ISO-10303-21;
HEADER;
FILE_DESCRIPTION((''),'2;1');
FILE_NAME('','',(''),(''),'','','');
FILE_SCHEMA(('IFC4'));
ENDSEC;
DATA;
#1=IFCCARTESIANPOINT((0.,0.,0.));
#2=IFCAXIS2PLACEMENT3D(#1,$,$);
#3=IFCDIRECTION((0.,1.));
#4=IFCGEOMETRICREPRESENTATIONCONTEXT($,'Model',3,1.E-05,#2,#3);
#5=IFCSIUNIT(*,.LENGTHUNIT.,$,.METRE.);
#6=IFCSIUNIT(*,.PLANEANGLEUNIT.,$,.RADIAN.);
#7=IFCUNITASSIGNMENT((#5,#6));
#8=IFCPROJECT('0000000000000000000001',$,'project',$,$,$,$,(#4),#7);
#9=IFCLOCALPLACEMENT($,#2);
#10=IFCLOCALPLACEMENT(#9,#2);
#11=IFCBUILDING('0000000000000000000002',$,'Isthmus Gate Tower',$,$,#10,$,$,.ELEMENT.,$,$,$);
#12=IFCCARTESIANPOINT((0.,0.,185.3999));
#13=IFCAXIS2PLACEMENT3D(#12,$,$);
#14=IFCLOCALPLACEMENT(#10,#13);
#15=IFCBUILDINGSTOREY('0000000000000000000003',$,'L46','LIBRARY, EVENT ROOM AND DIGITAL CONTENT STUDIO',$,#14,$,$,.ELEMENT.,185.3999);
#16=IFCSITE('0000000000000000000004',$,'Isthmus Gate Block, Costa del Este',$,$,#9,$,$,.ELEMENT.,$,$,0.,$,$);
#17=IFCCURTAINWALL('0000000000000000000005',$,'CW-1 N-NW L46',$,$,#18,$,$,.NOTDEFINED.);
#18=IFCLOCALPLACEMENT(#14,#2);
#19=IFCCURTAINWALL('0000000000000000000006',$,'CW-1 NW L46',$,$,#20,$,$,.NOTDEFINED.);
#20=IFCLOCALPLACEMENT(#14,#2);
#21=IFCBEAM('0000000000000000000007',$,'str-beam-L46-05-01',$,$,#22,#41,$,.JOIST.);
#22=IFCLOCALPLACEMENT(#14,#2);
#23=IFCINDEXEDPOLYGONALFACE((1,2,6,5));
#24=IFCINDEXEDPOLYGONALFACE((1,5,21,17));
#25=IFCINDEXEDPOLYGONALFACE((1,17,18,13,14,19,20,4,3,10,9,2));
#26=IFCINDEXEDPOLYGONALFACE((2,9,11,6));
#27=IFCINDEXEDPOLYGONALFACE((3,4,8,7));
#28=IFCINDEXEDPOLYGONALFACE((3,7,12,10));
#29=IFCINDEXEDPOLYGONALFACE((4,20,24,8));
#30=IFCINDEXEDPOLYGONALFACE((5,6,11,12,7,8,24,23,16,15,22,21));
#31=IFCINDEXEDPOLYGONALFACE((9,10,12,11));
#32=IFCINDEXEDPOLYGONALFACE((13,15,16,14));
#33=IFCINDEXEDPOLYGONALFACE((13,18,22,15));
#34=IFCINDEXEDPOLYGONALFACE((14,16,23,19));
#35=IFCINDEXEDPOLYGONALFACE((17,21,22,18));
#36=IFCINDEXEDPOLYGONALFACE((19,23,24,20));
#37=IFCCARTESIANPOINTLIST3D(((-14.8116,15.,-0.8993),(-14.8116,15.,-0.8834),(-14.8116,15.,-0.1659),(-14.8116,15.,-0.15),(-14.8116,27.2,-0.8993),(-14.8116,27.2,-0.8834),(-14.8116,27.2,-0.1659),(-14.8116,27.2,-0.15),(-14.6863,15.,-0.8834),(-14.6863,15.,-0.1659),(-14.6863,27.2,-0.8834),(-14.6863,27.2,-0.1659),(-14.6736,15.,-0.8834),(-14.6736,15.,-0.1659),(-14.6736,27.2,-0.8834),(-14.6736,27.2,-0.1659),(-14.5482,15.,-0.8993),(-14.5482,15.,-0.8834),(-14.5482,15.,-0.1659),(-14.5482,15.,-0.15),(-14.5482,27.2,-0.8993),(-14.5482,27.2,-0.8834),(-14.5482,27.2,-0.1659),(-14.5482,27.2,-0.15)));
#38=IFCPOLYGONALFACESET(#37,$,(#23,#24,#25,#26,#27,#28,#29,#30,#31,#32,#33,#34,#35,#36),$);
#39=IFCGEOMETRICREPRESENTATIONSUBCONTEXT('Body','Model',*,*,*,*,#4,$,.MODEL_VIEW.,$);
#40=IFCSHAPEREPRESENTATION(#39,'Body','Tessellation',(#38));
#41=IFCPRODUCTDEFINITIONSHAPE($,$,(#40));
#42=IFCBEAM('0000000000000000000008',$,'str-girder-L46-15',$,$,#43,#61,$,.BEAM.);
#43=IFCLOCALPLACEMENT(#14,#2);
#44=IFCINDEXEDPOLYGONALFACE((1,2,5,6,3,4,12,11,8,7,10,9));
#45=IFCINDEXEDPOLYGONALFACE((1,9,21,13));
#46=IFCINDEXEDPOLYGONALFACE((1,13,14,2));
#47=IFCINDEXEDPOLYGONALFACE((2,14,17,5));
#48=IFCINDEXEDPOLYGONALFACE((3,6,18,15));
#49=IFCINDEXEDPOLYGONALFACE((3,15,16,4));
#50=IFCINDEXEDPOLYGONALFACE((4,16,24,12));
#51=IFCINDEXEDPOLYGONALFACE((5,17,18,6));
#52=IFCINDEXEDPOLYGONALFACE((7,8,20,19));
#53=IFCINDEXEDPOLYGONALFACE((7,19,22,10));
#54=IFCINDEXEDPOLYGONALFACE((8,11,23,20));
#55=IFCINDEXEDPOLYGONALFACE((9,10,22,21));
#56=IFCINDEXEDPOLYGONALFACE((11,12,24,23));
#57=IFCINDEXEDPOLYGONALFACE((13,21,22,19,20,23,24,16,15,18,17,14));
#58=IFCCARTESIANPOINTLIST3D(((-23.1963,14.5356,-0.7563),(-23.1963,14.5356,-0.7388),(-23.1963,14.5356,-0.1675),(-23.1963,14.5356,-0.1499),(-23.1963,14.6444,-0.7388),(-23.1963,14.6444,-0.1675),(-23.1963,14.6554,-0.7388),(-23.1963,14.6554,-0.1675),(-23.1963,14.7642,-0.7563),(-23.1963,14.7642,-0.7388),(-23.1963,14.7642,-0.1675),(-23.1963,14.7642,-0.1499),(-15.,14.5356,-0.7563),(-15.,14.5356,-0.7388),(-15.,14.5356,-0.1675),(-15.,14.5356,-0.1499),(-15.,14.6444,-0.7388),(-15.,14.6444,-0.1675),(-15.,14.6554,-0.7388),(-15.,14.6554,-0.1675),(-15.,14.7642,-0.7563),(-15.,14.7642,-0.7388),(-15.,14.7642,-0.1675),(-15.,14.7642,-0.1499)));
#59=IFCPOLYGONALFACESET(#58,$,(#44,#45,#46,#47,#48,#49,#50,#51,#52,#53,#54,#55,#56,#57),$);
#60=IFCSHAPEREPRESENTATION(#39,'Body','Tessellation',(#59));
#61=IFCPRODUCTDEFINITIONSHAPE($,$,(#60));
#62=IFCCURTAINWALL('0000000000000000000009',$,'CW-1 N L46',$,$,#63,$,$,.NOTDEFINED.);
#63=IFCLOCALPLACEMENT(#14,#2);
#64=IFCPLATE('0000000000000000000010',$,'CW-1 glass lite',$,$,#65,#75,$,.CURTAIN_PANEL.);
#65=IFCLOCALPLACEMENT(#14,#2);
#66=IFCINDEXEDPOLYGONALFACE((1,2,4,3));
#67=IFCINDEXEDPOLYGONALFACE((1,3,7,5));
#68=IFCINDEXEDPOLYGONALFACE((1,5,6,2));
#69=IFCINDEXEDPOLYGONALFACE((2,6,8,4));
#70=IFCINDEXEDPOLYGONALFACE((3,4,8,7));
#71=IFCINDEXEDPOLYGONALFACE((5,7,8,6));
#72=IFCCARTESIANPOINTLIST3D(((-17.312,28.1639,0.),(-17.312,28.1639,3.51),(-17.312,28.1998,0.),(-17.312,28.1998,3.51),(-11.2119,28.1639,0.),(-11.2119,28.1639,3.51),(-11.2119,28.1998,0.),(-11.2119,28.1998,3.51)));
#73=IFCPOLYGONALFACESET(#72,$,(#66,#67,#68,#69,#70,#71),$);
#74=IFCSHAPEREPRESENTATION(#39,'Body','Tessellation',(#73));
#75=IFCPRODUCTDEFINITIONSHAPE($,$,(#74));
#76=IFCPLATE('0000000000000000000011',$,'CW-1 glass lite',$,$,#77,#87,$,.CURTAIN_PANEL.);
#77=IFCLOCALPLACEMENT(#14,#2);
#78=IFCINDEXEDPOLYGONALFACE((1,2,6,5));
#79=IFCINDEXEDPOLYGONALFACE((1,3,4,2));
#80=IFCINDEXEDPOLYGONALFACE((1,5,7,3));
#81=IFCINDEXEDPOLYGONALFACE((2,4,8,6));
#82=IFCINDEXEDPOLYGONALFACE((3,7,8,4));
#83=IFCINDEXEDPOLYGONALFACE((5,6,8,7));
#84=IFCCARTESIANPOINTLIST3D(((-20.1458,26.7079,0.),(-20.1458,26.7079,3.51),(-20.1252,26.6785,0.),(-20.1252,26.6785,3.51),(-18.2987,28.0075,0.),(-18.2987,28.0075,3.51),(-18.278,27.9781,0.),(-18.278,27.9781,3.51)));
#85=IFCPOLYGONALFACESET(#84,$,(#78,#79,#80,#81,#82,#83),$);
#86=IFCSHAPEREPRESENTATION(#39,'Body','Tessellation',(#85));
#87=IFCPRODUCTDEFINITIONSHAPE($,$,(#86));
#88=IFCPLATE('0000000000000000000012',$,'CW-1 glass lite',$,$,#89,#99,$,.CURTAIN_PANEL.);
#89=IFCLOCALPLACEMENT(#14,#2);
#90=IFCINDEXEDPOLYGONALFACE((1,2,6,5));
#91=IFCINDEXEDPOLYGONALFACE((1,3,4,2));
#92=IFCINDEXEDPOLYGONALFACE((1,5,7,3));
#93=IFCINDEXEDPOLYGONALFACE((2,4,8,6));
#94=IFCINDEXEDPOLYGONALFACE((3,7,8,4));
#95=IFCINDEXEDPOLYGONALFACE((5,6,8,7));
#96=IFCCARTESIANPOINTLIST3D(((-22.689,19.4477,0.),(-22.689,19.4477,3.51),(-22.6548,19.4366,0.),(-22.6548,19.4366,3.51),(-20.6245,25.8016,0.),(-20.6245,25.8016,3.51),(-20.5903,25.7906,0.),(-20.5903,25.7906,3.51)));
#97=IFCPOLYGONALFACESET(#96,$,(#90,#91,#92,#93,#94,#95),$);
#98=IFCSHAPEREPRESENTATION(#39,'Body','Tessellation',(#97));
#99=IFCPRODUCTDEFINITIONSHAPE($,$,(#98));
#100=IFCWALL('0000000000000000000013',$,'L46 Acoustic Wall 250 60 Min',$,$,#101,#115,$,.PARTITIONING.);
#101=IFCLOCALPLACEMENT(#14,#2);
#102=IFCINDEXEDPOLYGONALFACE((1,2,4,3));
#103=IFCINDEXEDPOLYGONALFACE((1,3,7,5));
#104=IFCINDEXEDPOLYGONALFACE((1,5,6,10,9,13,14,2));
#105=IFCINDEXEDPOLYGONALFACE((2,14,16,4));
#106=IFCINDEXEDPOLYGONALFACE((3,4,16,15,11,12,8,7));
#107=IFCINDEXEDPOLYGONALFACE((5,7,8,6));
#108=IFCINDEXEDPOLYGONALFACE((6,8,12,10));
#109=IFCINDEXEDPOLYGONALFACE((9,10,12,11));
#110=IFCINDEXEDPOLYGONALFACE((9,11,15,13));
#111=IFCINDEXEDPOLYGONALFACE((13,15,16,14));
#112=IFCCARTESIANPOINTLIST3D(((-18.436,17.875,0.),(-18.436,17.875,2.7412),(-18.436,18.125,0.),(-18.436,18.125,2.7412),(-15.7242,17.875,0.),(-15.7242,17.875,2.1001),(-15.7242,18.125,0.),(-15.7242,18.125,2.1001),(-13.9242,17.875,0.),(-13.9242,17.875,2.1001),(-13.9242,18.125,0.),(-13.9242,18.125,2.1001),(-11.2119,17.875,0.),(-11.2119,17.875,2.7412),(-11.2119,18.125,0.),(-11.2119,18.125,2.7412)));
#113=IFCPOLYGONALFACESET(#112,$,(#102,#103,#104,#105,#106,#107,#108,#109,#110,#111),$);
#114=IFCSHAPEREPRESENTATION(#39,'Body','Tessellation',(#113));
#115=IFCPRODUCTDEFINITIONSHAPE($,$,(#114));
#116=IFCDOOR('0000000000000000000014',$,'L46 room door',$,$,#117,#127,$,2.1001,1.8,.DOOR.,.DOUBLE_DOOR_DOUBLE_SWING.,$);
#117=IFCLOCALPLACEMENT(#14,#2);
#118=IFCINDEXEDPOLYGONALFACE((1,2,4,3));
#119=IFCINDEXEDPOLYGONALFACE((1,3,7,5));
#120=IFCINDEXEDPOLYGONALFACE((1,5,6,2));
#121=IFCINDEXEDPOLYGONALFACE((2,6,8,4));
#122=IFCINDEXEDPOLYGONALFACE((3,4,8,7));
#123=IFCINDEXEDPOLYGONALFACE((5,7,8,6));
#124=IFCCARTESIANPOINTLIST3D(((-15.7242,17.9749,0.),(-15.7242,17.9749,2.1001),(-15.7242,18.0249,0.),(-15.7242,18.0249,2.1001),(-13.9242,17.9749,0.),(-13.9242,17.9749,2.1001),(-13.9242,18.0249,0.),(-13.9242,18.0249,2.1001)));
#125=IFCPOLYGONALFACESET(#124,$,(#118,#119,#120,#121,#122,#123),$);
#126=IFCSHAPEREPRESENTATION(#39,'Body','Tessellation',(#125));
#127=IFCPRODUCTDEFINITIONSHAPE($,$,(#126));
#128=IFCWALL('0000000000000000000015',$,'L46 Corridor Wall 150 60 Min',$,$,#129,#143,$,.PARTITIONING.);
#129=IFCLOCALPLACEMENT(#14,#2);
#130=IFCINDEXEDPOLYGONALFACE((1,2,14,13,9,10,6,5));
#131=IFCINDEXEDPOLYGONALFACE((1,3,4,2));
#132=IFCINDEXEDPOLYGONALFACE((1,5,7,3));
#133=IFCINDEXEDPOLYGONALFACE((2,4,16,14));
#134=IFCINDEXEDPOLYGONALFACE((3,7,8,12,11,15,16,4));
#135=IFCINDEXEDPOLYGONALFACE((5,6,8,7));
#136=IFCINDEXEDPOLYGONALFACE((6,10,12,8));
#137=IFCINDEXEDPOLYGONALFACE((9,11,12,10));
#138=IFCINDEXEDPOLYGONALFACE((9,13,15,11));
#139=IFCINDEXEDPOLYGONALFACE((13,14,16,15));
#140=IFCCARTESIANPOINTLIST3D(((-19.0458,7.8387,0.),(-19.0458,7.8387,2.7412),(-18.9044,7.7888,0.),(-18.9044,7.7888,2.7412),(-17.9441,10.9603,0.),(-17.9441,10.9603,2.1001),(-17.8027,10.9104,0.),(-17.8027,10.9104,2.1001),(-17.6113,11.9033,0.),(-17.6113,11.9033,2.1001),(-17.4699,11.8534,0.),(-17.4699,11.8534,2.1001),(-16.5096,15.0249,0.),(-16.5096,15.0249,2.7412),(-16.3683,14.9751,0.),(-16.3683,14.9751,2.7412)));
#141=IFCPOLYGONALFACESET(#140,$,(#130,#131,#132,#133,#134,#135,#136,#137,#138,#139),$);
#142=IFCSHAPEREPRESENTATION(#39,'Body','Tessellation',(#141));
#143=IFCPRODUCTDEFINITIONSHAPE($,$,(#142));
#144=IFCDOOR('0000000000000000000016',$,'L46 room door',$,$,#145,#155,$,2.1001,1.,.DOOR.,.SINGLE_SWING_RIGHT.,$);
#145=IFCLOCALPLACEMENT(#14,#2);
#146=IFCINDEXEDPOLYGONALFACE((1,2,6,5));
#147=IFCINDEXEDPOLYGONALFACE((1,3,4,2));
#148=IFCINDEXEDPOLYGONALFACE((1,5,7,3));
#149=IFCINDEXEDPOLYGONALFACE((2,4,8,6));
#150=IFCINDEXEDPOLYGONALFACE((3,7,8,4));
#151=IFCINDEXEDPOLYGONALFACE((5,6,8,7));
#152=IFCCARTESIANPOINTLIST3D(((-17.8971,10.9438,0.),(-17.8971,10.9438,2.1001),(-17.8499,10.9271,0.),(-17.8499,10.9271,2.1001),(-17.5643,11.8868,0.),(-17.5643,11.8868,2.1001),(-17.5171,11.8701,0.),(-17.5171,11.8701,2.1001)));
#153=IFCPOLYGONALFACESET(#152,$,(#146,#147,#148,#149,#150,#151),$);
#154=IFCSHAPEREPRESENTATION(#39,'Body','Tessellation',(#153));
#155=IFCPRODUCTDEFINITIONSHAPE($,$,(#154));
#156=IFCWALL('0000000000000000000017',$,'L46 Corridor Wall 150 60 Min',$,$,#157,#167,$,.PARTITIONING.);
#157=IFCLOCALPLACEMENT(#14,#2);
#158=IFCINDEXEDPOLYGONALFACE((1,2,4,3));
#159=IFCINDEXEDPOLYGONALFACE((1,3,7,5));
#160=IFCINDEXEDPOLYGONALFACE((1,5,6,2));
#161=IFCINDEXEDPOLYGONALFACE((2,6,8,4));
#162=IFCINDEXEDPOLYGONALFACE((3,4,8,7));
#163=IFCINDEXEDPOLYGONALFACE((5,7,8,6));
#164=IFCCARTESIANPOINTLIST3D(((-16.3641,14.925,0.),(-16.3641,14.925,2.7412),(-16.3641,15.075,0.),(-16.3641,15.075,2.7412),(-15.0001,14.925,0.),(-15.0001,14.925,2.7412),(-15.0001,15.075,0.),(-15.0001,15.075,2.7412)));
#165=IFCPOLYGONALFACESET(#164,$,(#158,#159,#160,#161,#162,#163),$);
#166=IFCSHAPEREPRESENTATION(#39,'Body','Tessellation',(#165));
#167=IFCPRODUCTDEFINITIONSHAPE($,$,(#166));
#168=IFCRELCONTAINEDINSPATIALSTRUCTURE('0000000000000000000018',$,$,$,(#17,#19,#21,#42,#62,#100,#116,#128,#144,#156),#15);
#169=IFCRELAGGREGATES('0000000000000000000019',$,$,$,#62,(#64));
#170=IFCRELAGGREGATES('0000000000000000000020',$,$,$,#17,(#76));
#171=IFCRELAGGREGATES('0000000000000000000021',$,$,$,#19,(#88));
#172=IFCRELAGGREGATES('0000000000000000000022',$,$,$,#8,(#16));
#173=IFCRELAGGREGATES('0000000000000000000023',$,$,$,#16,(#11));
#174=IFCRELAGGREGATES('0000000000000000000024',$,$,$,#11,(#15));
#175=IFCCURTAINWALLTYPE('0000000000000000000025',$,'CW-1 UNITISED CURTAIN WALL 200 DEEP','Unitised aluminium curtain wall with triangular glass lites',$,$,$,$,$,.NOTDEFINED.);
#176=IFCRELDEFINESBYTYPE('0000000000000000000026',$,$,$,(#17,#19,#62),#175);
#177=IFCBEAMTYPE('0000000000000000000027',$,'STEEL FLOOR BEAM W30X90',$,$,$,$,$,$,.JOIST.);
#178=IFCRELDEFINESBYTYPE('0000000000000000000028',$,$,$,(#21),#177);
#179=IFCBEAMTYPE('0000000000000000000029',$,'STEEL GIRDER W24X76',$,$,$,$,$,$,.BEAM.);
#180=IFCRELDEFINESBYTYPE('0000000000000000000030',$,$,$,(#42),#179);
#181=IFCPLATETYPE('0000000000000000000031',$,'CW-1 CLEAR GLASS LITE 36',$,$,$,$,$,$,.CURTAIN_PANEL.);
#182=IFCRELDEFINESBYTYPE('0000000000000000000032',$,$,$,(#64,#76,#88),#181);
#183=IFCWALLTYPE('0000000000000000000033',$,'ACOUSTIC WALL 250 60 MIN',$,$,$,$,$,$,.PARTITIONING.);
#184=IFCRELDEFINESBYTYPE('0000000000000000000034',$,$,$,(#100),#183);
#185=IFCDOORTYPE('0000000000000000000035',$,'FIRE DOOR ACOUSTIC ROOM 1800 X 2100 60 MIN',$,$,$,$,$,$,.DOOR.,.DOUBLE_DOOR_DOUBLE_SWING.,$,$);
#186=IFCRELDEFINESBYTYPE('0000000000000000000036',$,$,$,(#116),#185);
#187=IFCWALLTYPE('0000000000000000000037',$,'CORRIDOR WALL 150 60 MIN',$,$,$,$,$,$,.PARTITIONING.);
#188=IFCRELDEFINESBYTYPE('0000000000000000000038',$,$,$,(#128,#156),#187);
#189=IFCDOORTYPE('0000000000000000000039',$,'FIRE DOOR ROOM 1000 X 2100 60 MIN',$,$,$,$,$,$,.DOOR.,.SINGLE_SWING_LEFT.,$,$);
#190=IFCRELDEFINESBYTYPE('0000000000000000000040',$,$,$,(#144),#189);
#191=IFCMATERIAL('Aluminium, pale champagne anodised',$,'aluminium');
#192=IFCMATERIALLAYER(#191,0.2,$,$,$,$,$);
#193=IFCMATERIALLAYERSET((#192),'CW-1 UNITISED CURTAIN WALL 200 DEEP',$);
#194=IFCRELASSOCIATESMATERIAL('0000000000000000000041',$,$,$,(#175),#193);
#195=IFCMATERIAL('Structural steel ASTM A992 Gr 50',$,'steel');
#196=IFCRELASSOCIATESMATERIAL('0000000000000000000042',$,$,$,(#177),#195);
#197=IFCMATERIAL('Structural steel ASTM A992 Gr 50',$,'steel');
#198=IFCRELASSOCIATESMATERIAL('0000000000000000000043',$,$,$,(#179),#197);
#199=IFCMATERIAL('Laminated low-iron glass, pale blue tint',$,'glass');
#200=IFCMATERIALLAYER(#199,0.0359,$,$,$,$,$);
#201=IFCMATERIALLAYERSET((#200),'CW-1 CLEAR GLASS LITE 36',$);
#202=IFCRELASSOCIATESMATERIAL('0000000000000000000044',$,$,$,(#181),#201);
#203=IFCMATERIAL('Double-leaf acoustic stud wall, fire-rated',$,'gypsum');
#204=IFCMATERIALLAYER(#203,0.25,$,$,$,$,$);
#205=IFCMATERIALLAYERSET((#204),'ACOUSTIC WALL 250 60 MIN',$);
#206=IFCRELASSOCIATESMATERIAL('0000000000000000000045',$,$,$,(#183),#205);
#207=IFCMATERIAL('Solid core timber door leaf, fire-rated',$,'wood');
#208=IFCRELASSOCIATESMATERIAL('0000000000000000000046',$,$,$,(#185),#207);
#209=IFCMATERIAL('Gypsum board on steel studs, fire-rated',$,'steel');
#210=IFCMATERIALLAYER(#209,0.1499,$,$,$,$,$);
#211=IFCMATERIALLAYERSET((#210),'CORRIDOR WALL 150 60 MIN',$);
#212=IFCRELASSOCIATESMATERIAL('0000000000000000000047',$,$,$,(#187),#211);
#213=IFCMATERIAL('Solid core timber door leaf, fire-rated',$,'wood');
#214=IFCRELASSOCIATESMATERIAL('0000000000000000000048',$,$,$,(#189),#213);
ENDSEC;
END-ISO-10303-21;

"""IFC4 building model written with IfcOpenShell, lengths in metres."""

from ifc_helpers import new_model, si_unit, direction, frame, frame_2d, origin, origin_2d, place, context, subcontext, project, spatial, rectangle, i_section, extrude, material, layer, layer_set, material_profile, profile_set, type_object, element, fill, aggregate, save


model = new_model("IFC4")

# Units and contexts
model_context = context("Model", 3, precision=1e-05, world=origin(), true_north=direction((0.0, 1.0)))
body_context = subcontext(model_context, "Body", "Model", "MODEL_VIEW")
ifc_project = project(units=[si_unit("LENGTHUNIT", "METRE"), si_unit("PLANEANGLEUNIT", "RADIAN")], contexts=[model_context])

# Site, building, storey
site_placement = place(None, origin())
site = spatial("IfcSite", under=ifc_project, at=site_placement, Name="Isthmus Gate Block, Costa del Este", CompositionType="ELEMENT", RefElevation=0.0)
building_placement = place(site_placement, origin())
building = spatial("IfcBuilding", under=site, at=building_placement, Name="Isthmus Gate Tower", CompositionType="ELEMENT")
storey_placement = place(building_placement, frame((0.0, 0.0, 185.3999)))
storey = spatial("IfcBuildingStorey", under=building, at=storey_placement, Name="L46", Description="LIBRARY, EVENT ROOM AND DIGITAL CONTENT STUDIO", CompositionType="ELEMENT", Elevation=185.3999)

# Curtain walls
ifc_material_1 = material(Name="Aluminium, pale champagne anodised", Category="aluminium")
ifc_layer_1 = layer(ifc_material_1, 0.2)
ifc_layer_set_1 = layer_set([ifc_layer_1], Name="CW-1 UNITISED CURTAIN WALL 200 DEEP")
curtain_wall_type = type_object("IfcCurtainWallType", Name="CW-1 UNITISED CURTAIN WALL 200 DEEP", Description="Unitised aluminium curtain wall with triangular glass lites", PredefinedType="NOTDEFINED", material=ifc_layer_set_1)
curtain_wall_1_placement = place(storey_placement, origin())
curtain_wall_1 = element("IfcCurtainWall", 1, at=curtain_wall_1_placement, inside=storey, type_object=curtain_wall_type, Name="CW-1 N-NW L46", PredefinedType="NOTDEFINED")
curtain_wall_2_placement = place(storey_placement, origin())
curtain_wall_2 = element("IfcCurtainWall", 2, at=curtain_wall_2_placement, inside=storey, type_object=curtain_wall_type, Name="CW-1 NW L46", PredefinedType="NOTDEFINED")

# Beams
ifc_material_2 = material(Name="Structural steel ASTM A992 Gr 50", Category="steel")
ifc_material_profile_1 = material_profile(ifc_material_2, i_section(OverallWidth=0.2634, OverallDepth=0.7493, WebThickness=0.0127, FlangeThickness=0.0159, at=origin_2d()), Name="W30X90")
ifc_profile_set_1 = profile_set([ifc_material_profile_1], Name="Structural steel ASTM A992 Gr 50")
beam_type_1 = type_object("IfcBeamType", Name="STEEL FLOOR BEAM W30X90", PredefinedType="JOIST", material=ifc_profile_set_1)
beam_1_placement = place(storey_placement, frame((-14.6799, 15.0, -0.5247), z_axis=(0.0, 1.0, 0.0), x_axis=(-1.0, 0.0, 0.0)))
element("IfcBeam", 3, at=beam_1_placement, inside=storey, type_object=beam_type_1, Name="str-beam-L46-05-01", PredefinedType="JOIST", context=body_context, shape_type="SweptSolid", body=[
    extrude(i_section(OverallWidth=0.2634, OverallDepth=0.7493, WebThickness=0.0127, FlangeThickness=0.0159, at=origin_2d()), origin(), (0.0, 0.0, 1.0), 12.2),
])
ifc_material_3 = material(Name="Structural steel ASTM A992 Gr 50", Category="steel")
ifc_material_profile_2 = material_profile(ifc_material_3, i_section(OverallWidth=0.2285, OverallDepth=0.6064, WebThickness=0.011, FlangeThickness=0.0176, at=origin_2d()), Name="W24X76")
ifc_profile_set_2 = profile_set([ifc_material_profile_2], Name="Structural steel ASTM A992 Gr 50")
beam_type_2 = type_object("IfcBeamType", Name="STEEL GIRDER W24X76", PredefinedType="BEAM", material=ifc_profile_set_2)
beam_2_placement = place(storey_placement, frame((-15.0, 14.6499, -0.4531), z_axis=(-1.0, 0.0, 0.0), x_axis=(0.0, -1.0, 0.0)))
element("IfcBeam", 4, at=beam_2_placement, inside=storey, type_object=beam_type_2, Name="str-girder-L46-15", PredefinedType="BEAM", context=body_context, shape_type="SweptSolid", body=[
    extrude(i_section(OverallWidth=0.2285, OverallDepth=0.6064, WebThickness=0.011, FlangeThickness=0.0176, at=origin_2d()), origin(), (0.0, 0.0, 1.0), 8.1963),
])

# Curtain wall, plate
curtain_wall_3_placement = place(storey_placement, origin())
curtain_wall_3 = element("IfcCurtainWall", 5, at=curtain_wall_3_placement, inside=storey, type_object=curtain_wall_type, Name="CW-1 N L46", PredefinedType="NOTDEFINED")
ifc_material_4 = material(Name="Laminated low-iron glass, pale blue tint", Category="glass")
ifc_layer_2 = layer(ifc_material_4, 0.0359)
ifc_layer_set_2 = layer_set([ifc_layer_2], Name="CW-1 CLEAR GLASS LITE 36")
plate_type = type_object("IfcPlateType", Name="CW-1 CLEAR GLASS LITE 36", PredefinedType="CURTAIN_PANEL", material=ifc_layer_set_2)
plate_1_placement = place(storey_placement, frame((-14.262, 28.1819, 0.0), z_axis=(0.0, 0.0, 1.0), x_axis=(-1.0, 0.0, 0.0)))
plate_1 = element("IfcPlate", 6, at=plate_1_placement, type_object=plate_type, Name="CW-1 glass lite", PredefinedType="CURTAIN_PANEL", context=body_context, shape_type="SweptSolid", body=[
    extrude(rectangle(XDim=6.1001, YDim=0.0359, at=origin_2d()), origin(), (0.0, 0.0, 1.0), 3.51),
])
aggregate(curtain_wall_3, [plate_1])

# Plates
plate_2_placement = place(storey_placement, frame((-19.2119, 27.343, 0.0), z_axis=(0.0, 0.0, 1.0), x_axis=(-0.81786, -0.575418, 0.0)))
plate_2 = element("IfcPlate", 7, at=plate_2_placement, type_object=plate_type, Name="CW-1 glass lite", PredefinedType="CURTAIN_PANEL", context=body_context, shape_type="SweptSolid", body=[
    extrude(rectangle(XDim=2.2585, YDim=0.0359, at=origin_2d()), origin(), (0.0, 0.0, 1.0), 3.51),
])
aggregate(curtain_wall_1, [plate_2])
plate_3_placement = place(storey_placement, frame((-21.6396, 22.6191, 0.0), z_axis=(0.0, 0.0, 1.0), x_axis=(-0.309017, -0.951057, 0.0)))
plate_3 = element("IfcPlate", 8, at=plate_3_placement, type_object=plate_type, Name="CW-1 glass lite", PredefinedType="CURTAIN_PANEL", context=body_context, shape_type="SweptSolid", body=[
    extrude(rectangle(XDim=6.6809, YDim=0.0359, at=origin_2d()), origin(), (0.0, 0.0, 1.0), 3.51),
])

# Walls, openings, doors
ifc_material_5 = material(Name="Double-leaf acoustic stud wall, fire-rated", Category="gypsum")
ifc_layer_3 = layer(ifc_material_5, 0.25)
ifc_layer_set_3 = layer_set([ifc_layer_3], Name="ACOUSTIC WALL 250 60 MIN")
wall_type_1 = type_object("IfcWallType", Name="ACOUSTIC WALL 250 60 MIN", PredefinedType="PARTITIONING", material=ifc_layer_set_3)
wall_1_placement = place(storey_placement, frame((-18.436, 18.0, 0.0), z_axis=(0.0, 0.0, 1.0), x_axis=(1.0, 0.0, 0.0)))
wall_1 = element("IfcWall", 9, at=wall_1_placement, inside=storey, type_object=wall_type_1, Name="L46 Acoustic Wall 250 60 Min", PredefinedType="PARTITIONING", context=body_context, shape_type="SweptSolid", body=[
    extrude(rectangle(XDim=7.2241, YDim=0.25, at=frame_2d((3.6121, 0.0))), origin(), (0.0, 0.0, 1.0), 2.7412),
])
opening_1_placement = place(wall_1_placement, frame((2.7119, 0.0, 0.0)))
opening_1 = element("IfcOpeningElement", 10, at=opening_1_placement, cuts=wall_1, PredefinedType="OPENING", context=body_context, shape_type="SweptSolid", body=[
    extrude(rectangle(XDim=1.8, YDim=2.1001, at=frame_2d((0.8999, 1.05))), frame((0.0, 0.135, 0.0), z_axis=(0.0, -1.0, 0.0), x_axis=(1.0, 0.0, 0.0)), (0.0, 0.0, 1.0), 0.27),
])
ifc_material_6 = material(Name="Solid core timber door leaf, fire-rated", Category="wood")
door_type_1 = type_object("IfcDoorType", Name="FIRE DOOR ACOUSTIC ROOM 1800 X 2100 60 MIN", OperationType="DOUBLE_DOOR_DOUBLE_SWING", PredefinedType="DOOR", material=ifc_material_6)
door_1_placement = place(opening_1_placement, origin())
door_1 = element("IfcDoor", 11, at=door_1_placement, inside=storey, type_object=door_type_1, Name="L46 room door", OperationType="DOUBLE_DOOR_DOUBLE_SWING", OverallHeight=2.1001, OverallWidth=1.8, PredefinedType="DOOR", context=body_context, shape_type="SweptSolid", body=[
    extrude(rectangle(XDim=1.8, YDim=2.1001, at=frame_2d((0.8999, 1.05))), frame((0.0, 0.0249, 0.0), z_axis=(0.0, -1.0, 0.0), x_axis=(1.0, 0.0, 0.0)), (0.0, 0.0, 1.0), 0.05),
])
fill(opening_1, door_1)
ifc_material_7 = material(Name="Gypsum board on steel studs, fire-rated", Category="steel")
ifc_layer_4 = layer(ifc_material_7, 0.1499)
ifc_layer_set_4 = layer_set([ifc_layer_4], Name="CORRIDOR WALL 150 60 MIN")
wall_type_2 = type_object("IfcWallType", Name="CORRIDOR WALL 150 60 MIN", PredefinedType="PARTITIONING", material=ifc_layer_set_4)
wall_2_placement = place(storey_placement, frame((-16.439, 15.0, 0.0), z_axis=(0.0, 0.0, 1.0), x_axis=(-0.332797, -0.942999, 0.0)))
wall_2 = element("IfcWall", 12, at=wall_2_placement, inside=storey, type_object=wall_type_2, Name="L46 Corridor Wall 150 60 Min", PredefinedType="PARTITIONING", context=body_context, shape_type="SweptSolid", body=[
    extrude(rectangle(XDim=7.6206, YDim=0.1499, at=frame_2d((3.8103, 0.0))), origin(), (0.0, 0.0, 1.0), 2.7412),
])
opening_2_placement = place(wall_2_placement, frame((3.3103, 0.0, 0.0)))
opening_2 = element("IfcOpeningElement", 13, at=opening_2_placement, cuts=wall_2, PredefinedType="OPENING", context=body_context, shape_type="SweptSolid", body=[
    extrude(rectangle(XDim=1.0, YDim=2.1001, at=frame_2d((0.5, 1.05))), frame((0.0, 0.085, 0.0), z_axis=(0.0, -1.0, 0.0), x_axis=(1.0, 0.0, 0.0)), (0.0, 0.0, 1.0), 0.1699),
])
ifc_material_8 = material(Name="Solid core timber door leaf, fire-rated", Category="wood")
door_type_2 = type_object("IfcDoorType", Name="FIRE DOOR ROOM 1000 X 2100 60 MIN", OperationType="SINGLE_SWING_LEFT", PredefinedType="DOOR", material=ifc_material_8)
door_2_placement = place(opening_2_placement, origin())
door_2 = element("IfcDoor", 14, at=door_2_placement, inside=storey, type_object=door_type_2, Name="L46 room door", OperationType="SINGLE_SWING_RIGHT", OverallHeight=2.1001, OverallWidth=1.0, PredefinedType="DOOR", context=body_context, shape_type="SweptSolid", body=[
    extrude(rectangle(XDim=1.0, YDim=2.1001, at=frame_2d((0.5, 1.05))), frame((0.0, 0.0249, 0.0), z_axis=(0.0, -1.0, 0.0), x_axis=(1.0, 0.0, 0.0)), (0.0, 0.0, 1.0), 0.05),
])
fill(opening_2, door_2)

# Wall
wall_3_placement = place(storey_placement, frame((-15.0, 15.0, 0.0), z_axis=(0.0, 0.0, 1.0), x_axis=(-1.0, 0.0, 0.0)))
element("IfcWall", 15, at=wall_3_placement, inside=storey, type_object=wall_type_2, Name="L46 Corridor Wall 150 60 Min", PredefinedType="PARTITIONING", context=body_context, shape_type="SweptSolid", body=[
    extrude(rectangle(XDim=1.364, YDim=0.1499, at=frame_2d((0.6821, 0.0))), origin(), (0.0, 0.0, 1.0), 2.7412),
])

aggregate(curtain_wall_2, [plate_3])

save(model, "model.ifc")
